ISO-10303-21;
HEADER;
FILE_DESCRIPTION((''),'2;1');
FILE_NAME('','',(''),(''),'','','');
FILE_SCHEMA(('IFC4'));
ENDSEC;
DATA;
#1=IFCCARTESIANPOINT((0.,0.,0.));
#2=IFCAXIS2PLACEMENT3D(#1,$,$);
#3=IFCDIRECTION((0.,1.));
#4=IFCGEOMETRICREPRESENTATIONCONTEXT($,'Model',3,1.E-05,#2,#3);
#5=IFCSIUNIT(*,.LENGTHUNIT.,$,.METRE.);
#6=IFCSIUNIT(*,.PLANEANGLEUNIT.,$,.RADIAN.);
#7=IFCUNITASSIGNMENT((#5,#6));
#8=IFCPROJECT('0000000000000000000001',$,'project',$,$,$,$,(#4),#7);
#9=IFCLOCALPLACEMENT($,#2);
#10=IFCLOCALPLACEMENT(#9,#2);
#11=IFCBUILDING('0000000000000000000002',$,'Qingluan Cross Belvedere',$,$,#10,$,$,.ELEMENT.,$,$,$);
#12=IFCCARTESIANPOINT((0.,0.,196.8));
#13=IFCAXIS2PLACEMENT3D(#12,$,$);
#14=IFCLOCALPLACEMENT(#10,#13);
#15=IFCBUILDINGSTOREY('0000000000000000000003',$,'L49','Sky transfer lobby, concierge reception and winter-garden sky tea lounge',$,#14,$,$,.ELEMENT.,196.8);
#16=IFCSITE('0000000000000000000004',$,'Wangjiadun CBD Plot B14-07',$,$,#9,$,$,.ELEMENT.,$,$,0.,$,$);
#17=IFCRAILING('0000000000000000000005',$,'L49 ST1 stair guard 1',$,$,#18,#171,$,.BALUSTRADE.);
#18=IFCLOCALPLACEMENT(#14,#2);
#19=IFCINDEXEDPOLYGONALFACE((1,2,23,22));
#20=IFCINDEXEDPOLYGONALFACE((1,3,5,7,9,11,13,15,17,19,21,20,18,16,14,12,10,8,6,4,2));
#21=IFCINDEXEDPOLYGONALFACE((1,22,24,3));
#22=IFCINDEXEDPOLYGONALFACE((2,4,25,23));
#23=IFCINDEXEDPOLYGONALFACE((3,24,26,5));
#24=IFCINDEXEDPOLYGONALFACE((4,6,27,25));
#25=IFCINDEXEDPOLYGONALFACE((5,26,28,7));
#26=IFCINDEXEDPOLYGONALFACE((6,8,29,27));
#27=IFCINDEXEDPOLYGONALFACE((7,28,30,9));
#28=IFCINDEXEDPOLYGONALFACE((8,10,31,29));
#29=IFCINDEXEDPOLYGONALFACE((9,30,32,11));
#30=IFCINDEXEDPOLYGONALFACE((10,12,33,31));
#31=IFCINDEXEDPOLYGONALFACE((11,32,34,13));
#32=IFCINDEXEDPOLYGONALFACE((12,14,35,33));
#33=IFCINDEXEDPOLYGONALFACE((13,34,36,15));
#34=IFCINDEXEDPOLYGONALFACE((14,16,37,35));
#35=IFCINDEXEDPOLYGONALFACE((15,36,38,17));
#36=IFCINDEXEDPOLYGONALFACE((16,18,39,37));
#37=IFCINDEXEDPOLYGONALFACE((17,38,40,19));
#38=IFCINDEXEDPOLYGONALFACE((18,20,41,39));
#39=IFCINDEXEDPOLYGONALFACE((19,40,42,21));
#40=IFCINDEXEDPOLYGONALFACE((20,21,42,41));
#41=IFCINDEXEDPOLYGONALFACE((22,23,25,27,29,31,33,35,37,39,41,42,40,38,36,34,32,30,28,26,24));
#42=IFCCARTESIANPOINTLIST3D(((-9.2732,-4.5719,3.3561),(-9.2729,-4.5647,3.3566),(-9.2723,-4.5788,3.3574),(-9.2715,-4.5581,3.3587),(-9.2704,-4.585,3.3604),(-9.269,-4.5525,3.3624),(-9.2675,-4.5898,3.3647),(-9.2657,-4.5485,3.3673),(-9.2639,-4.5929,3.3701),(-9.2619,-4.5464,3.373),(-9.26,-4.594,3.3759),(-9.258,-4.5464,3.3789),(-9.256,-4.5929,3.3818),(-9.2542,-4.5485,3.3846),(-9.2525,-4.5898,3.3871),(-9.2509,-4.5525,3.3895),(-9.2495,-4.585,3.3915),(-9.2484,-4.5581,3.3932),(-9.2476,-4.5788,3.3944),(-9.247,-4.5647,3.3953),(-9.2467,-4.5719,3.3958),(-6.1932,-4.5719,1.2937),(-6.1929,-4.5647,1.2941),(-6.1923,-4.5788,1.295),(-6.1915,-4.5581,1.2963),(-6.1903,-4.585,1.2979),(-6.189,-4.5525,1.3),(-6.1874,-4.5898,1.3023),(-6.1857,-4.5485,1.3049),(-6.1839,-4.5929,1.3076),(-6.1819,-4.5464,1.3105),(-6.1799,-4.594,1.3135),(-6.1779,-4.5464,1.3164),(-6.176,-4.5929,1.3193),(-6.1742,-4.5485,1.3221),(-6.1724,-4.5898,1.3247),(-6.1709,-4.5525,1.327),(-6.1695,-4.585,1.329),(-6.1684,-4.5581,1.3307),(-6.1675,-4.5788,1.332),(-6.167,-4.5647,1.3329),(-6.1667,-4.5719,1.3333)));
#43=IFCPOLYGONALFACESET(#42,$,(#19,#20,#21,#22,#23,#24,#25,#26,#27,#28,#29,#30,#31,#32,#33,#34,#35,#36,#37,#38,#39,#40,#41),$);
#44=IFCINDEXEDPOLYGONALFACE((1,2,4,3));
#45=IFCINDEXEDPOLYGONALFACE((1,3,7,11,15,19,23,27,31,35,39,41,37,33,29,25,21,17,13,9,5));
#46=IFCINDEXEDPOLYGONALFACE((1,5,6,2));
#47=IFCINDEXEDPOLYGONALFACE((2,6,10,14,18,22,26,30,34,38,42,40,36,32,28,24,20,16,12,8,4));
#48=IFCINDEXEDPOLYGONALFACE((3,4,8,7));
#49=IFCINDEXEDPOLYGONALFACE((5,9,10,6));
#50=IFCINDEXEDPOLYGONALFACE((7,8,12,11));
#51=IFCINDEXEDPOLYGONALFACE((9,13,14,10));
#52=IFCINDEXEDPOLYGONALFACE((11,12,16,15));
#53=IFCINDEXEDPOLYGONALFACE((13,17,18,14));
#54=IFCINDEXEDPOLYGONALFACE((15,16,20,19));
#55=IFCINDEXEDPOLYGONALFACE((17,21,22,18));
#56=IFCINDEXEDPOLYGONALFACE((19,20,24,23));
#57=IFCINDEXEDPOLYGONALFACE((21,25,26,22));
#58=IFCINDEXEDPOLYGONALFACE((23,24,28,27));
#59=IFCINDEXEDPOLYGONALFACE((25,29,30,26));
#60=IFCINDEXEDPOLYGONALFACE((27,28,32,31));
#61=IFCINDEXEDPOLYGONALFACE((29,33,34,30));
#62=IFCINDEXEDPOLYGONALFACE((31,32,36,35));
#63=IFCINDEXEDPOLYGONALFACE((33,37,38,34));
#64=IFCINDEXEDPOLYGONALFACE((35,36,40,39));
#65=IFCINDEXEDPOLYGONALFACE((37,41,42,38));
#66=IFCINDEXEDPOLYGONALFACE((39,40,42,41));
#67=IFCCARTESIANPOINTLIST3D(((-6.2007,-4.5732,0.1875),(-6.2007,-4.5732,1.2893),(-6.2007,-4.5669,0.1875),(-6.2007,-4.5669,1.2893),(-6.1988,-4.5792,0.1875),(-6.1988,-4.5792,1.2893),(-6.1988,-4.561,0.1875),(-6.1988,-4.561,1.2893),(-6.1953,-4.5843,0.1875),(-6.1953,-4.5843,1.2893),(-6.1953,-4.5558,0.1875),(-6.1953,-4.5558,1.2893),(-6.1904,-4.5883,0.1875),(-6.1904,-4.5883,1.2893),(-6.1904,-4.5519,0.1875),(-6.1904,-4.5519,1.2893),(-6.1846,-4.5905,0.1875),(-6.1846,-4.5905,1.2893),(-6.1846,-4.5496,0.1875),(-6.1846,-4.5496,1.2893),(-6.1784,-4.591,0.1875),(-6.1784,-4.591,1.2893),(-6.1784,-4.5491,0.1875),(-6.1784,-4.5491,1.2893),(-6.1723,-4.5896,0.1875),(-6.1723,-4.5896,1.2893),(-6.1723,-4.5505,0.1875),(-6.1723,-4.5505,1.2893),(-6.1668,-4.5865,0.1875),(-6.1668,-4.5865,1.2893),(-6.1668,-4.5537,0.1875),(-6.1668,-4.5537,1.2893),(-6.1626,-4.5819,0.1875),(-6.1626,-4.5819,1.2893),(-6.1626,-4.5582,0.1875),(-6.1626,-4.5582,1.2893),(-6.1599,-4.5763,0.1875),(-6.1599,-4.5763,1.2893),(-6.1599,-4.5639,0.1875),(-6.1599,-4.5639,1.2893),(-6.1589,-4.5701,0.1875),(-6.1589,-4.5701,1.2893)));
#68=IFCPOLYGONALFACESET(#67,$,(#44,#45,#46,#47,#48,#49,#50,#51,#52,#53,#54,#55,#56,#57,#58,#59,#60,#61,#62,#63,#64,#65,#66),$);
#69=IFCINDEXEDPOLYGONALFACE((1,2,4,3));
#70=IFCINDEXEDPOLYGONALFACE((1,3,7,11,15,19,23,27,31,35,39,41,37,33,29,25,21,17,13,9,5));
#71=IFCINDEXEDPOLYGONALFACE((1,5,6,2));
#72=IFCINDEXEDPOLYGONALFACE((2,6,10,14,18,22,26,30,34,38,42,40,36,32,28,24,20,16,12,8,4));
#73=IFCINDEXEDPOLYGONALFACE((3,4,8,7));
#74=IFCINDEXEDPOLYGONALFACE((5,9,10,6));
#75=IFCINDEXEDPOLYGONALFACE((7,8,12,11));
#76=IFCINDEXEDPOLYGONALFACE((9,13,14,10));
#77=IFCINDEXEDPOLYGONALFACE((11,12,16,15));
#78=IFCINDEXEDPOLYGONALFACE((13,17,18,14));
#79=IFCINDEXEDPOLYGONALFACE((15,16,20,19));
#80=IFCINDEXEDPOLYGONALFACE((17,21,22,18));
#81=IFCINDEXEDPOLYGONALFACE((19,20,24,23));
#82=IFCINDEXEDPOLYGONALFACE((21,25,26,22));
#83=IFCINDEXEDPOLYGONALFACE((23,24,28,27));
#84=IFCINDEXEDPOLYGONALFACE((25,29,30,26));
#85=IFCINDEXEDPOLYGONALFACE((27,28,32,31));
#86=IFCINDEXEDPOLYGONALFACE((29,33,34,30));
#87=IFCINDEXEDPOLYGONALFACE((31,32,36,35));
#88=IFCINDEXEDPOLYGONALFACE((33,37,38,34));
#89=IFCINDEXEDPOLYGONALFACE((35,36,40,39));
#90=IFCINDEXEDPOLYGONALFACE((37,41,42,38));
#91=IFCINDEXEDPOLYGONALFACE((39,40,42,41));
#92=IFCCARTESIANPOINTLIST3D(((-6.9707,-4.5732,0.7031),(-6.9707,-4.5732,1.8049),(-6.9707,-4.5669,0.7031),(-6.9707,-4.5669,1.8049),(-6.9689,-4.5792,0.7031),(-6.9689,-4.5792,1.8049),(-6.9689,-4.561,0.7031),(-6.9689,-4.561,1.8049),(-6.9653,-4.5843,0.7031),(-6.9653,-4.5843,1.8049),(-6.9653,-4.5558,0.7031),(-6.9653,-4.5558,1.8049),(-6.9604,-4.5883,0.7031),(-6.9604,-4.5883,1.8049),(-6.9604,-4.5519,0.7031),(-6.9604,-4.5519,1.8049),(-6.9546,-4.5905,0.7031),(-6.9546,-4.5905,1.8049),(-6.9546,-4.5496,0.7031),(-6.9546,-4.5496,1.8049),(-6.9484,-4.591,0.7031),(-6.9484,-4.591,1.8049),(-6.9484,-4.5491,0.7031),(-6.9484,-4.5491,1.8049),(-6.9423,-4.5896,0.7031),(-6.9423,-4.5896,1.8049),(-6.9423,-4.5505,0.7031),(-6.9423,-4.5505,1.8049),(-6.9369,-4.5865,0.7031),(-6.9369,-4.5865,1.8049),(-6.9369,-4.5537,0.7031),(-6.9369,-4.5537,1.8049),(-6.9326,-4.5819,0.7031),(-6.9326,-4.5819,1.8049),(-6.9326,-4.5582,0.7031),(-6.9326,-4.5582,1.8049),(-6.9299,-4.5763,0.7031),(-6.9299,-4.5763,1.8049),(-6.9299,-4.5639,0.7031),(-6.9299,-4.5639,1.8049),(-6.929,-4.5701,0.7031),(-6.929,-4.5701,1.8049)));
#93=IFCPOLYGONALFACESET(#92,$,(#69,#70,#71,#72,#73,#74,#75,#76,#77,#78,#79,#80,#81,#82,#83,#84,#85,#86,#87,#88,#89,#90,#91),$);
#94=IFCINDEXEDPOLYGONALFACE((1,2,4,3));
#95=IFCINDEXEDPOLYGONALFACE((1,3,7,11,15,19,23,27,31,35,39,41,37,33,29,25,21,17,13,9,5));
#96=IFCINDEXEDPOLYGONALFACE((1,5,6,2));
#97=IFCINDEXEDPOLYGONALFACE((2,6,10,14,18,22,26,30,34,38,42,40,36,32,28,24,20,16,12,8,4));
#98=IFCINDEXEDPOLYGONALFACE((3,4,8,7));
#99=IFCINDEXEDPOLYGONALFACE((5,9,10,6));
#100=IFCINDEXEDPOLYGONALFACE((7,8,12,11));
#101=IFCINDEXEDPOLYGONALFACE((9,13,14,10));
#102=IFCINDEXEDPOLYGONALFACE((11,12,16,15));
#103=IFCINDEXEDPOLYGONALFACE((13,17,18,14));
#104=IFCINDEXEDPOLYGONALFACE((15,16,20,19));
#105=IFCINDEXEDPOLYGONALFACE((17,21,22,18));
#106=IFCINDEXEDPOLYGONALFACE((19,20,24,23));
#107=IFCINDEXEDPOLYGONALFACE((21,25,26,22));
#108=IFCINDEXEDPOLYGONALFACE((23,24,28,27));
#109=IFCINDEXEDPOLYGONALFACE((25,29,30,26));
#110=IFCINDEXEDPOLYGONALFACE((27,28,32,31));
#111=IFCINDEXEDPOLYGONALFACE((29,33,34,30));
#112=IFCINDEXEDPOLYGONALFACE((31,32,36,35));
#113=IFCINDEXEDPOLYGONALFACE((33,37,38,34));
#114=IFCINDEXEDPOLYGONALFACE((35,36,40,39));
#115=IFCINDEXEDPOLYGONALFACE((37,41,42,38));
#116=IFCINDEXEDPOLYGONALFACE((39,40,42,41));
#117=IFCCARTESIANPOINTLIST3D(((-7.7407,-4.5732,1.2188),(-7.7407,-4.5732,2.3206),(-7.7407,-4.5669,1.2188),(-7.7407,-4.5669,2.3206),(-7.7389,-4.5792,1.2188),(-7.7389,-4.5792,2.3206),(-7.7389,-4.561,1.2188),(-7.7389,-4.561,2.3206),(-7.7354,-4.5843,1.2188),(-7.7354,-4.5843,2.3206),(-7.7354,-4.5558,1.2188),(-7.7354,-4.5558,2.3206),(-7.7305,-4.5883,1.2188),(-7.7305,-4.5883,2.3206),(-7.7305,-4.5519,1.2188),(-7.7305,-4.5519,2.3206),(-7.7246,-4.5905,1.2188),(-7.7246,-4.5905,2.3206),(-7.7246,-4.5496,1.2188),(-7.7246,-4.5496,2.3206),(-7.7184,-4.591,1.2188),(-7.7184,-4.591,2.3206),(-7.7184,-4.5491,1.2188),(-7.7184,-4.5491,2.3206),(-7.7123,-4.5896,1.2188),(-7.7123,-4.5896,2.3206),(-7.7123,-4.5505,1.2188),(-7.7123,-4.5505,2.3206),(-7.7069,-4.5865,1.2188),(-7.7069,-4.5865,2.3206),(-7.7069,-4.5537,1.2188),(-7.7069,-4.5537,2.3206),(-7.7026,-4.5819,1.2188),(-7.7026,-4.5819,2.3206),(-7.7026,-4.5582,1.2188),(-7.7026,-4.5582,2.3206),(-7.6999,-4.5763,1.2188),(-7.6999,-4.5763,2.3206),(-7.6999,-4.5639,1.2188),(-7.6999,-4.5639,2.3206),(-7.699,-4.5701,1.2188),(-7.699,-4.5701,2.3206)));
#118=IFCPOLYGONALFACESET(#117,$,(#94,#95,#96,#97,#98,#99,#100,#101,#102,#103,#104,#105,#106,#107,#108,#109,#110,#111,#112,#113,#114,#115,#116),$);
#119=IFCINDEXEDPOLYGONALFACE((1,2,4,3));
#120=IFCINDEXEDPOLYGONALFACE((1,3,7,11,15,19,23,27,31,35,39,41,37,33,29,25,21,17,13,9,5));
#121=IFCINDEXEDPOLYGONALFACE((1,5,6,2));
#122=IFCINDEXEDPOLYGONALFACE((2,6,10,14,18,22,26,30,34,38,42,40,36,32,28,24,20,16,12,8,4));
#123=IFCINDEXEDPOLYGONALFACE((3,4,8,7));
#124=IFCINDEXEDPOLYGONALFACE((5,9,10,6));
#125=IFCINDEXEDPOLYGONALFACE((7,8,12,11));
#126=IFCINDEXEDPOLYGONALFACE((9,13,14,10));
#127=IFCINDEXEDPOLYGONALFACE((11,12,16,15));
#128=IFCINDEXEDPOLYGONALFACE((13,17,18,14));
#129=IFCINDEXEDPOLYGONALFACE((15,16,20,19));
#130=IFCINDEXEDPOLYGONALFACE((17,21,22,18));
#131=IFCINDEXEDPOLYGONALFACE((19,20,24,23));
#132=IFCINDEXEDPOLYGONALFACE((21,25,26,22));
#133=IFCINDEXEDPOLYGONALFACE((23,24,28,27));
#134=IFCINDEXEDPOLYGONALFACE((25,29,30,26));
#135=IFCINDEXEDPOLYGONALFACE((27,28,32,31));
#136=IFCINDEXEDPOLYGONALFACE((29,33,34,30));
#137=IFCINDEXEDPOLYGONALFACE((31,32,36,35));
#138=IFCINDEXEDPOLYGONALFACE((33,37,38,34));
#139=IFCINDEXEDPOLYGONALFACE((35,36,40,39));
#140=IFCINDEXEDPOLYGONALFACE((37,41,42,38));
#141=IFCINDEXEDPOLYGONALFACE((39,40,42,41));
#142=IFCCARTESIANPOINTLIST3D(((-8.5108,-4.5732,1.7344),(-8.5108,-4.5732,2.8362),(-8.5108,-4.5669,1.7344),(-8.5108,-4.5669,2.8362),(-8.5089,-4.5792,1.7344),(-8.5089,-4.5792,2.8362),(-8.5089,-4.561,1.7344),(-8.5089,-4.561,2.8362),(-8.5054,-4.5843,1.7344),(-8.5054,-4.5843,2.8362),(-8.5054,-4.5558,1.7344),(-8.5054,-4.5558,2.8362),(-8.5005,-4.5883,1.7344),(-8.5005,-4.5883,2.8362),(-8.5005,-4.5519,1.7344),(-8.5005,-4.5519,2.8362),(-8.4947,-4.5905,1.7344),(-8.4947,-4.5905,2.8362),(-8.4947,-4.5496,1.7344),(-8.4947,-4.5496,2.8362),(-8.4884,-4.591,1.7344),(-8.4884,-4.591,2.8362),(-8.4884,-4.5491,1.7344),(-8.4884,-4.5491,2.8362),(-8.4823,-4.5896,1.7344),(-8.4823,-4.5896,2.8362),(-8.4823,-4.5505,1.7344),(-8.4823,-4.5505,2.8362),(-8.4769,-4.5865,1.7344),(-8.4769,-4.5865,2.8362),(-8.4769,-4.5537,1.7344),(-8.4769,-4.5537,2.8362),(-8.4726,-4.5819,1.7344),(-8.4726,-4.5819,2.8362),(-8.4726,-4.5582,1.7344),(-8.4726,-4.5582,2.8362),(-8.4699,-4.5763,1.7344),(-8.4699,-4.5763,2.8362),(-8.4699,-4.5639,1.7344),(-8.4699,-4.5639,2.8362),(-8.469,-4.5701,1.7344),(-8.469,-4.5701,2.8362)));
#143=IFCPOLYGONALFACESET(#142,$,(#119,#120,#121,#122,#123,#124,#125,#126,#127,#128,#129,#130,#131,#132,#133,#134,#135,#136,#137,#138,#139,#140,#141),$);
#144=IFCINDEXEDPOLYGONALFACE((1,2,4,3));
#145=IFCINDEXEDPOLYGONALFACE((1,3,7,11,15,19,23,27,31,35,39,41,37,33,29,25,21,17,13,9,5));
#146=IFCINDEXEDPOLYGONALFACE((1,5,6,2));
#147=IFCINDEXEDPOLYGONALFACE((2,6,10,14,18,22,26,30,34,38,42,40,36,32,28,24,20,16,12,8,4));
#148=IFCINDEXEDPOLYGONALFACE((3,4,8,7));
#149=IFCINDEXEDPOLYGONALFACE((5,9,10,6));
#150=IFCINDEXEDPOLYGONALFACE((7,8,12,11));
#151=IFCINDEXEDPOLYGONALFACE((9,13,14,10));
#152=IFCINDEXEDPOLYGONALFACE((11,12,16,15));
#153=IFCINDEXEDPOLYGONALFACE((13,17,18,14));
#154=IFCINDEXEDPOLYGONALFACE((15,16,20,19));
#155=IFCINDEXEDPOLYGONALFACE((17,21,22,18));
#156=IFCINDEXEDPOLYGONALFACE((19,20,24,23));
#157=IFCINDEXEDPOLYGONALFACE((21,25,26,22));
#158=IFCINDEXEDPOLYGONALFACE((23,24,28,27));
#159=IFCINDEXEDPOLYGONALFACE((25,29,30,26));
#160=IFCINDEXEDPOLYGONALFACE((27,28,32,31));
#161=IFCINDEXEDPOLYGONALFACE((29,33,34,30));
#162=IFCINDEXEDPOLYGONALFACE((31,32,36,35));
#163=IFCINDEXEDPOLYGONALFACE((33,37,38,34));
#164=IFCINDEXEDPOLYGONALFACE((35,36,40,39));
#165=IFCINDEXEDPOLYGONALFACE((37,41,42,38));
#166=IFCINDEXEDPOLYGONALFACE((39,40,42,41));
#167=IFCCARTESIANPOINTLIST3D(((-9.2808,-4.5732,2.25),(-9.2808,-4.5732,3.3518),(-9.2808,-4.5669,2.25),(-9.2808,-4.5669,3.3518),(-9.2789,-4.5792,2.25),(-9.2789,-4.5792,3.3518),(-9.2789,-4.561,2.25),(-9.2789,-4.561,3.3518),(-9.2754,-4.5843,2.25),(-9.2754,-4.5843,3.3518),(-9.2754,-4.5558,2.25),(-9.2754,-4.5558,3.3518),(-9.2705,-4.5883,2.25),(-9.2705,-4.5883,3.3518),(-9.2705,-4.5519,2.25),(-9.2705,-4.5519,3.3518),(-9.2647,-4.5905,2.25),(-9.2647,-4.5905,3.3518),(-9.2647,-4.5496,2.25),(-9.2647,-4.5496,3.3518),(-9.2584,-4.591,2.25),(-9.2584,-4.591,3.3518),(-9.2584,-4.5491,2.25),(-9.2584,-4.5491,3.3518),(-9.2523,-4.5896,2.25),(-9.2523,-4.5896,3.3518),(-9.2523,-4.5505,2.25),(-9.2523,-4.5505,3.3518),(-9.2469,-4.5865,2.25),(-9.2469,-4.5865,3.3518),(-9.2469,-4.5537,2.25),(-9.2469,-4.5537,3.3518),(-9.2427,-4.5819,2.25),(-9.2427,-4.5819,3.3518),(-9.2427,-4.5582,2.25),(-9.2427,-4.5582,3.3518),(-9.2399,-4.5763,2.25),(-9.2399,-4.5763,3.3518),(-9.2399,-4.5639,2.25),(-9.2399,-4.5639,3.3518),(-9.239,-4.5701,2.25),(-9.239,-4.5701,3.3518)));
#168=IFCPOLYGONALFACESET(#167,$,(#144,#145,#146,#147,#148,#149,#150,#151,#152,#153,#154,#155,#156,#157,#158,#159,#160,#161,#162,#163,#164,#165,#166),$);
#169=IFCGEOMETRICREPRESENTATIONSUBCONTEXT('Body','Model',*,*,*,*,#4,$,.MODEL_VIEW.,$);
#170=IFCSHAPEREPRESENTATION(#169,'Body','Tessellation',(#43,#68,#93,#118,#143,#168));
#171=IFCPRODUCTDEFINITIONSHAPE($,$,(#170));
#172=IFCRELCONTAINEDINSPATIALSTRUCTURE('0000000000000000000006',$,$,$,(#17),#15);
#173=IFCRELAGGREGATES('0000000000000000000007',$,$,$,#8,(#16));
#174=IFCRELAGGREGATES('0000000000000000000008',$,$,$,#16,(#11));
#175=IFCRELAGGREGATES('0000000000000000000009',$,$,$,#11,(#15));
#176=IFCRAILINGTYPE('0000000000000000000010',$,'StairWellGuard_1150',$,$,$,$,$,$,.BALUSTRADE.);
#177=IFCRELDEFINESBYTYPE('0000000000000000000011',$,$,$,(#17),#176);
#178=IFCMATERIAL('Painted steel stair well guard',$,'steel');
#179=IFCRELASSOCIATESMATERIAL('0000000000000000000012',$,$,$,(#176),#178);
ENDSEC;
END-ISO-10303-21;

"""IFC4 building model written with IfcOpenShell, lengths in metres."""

from ifc_helpers import new_model, si_unit, direction, frame, origin, origin_2d, place, context, subcontext, project, spatial, circle, extrude, material, type_object, element, save


model = new_model("IFC4")

# Units and contexts
model_context = context("Model", 3, precision=1e-05, world=origin(), true_north=direction((0.0, 1.0)))
body_context = subcontext(model_context, "Body", "Model", "MODEL_VIEW")
ifc_project = project(units=[si_unit("LENGTHUNIT", "METRE"), si_unit("PLANEANGLEUNIT", "RADIAN")], contexts=[model_context])

# Site, building, storey
site_placement = place(None, origin())
site = spatial("IfcSite", under=ifc_project, at=site_placement, Name="Wangjiadun CBD Plot B14-07", CompositionType="ELEMENT", RefElevation=0.0)
building_placement = place(site_placement, origin())
building = spatial("IfcBuilding", under=site, at=building_placement, Name="Qingluan Cross Belvedere", CompositionType="ELEMENT")
storey_placement = place(building_placement, frame((0.0, 0.0, 196.8)))
storey = spatial("IfcBuildingStorey", under=building, at=storey_placement, Name="L49", Description="Sky transfer lobby, concierge reception and winter-garden sky tea lounge", CompositionType="ELEMENT", Elevation=196.8)

# Railing
ifc_material_1 = material(Name="Painted steel stair well guard", Category="steel")
railing_type_1 = type_object("IfcRailingType", Name="StairWellGuard_1150", PredefinedType="BALUSTRADE", material=ifc_material_1)
railing_1_placement = place(storey_placement, frame((-6.1799, -4.5701, 0.1875)))
element("IfcRailing", 1, at=railing_1_placement, inside=storey, type_object=railing_type_1, Name="L49 ST1 stair guard 1", PredefinedType="BALUSTRADE", context=body_context, shape_type="SweptSolid", body=[
    extrude(circle(Radius=0.0239, at=origin_2d()), frame((0.0, 0.0, 1.126), z_axis=(-0.830914, 0.0, 0.556401), x_axis=(0.0, -1.0, 0.0)), (0.0, 0.0, 1.0), 3.7068),
    extrude(circle(Radius=0.021, at=origin_2d()), origin(), (0.0, 0.0, 1.0), 1.1018),
    extrude(circle(Radius=0.021, at=origin_2d()), frame((-0.77, 0.0, 0.5156)), (0.0, 0.0, 1.0), 1.1018),
    extrude(circle(Radius=0.021, at=origin_2d()), frame((-1.54, 0.0, 1.0312)), (0.0, 0.0, 1.0), 1.1018),
    extrude(circle(Radius=0.021, at=origin_2d()), frame((-2.3101, 0.0, 1.5469)), (0.0, 0.0, 1.0), 1.1018),
    extrude(circle(Radius=0.021, at=origin_2d()), frame((-3.0801, 0.0, 2.0625)), (0.0, 0.0, 1.0), 1.1018),
])

save(model, "model.ifc")
